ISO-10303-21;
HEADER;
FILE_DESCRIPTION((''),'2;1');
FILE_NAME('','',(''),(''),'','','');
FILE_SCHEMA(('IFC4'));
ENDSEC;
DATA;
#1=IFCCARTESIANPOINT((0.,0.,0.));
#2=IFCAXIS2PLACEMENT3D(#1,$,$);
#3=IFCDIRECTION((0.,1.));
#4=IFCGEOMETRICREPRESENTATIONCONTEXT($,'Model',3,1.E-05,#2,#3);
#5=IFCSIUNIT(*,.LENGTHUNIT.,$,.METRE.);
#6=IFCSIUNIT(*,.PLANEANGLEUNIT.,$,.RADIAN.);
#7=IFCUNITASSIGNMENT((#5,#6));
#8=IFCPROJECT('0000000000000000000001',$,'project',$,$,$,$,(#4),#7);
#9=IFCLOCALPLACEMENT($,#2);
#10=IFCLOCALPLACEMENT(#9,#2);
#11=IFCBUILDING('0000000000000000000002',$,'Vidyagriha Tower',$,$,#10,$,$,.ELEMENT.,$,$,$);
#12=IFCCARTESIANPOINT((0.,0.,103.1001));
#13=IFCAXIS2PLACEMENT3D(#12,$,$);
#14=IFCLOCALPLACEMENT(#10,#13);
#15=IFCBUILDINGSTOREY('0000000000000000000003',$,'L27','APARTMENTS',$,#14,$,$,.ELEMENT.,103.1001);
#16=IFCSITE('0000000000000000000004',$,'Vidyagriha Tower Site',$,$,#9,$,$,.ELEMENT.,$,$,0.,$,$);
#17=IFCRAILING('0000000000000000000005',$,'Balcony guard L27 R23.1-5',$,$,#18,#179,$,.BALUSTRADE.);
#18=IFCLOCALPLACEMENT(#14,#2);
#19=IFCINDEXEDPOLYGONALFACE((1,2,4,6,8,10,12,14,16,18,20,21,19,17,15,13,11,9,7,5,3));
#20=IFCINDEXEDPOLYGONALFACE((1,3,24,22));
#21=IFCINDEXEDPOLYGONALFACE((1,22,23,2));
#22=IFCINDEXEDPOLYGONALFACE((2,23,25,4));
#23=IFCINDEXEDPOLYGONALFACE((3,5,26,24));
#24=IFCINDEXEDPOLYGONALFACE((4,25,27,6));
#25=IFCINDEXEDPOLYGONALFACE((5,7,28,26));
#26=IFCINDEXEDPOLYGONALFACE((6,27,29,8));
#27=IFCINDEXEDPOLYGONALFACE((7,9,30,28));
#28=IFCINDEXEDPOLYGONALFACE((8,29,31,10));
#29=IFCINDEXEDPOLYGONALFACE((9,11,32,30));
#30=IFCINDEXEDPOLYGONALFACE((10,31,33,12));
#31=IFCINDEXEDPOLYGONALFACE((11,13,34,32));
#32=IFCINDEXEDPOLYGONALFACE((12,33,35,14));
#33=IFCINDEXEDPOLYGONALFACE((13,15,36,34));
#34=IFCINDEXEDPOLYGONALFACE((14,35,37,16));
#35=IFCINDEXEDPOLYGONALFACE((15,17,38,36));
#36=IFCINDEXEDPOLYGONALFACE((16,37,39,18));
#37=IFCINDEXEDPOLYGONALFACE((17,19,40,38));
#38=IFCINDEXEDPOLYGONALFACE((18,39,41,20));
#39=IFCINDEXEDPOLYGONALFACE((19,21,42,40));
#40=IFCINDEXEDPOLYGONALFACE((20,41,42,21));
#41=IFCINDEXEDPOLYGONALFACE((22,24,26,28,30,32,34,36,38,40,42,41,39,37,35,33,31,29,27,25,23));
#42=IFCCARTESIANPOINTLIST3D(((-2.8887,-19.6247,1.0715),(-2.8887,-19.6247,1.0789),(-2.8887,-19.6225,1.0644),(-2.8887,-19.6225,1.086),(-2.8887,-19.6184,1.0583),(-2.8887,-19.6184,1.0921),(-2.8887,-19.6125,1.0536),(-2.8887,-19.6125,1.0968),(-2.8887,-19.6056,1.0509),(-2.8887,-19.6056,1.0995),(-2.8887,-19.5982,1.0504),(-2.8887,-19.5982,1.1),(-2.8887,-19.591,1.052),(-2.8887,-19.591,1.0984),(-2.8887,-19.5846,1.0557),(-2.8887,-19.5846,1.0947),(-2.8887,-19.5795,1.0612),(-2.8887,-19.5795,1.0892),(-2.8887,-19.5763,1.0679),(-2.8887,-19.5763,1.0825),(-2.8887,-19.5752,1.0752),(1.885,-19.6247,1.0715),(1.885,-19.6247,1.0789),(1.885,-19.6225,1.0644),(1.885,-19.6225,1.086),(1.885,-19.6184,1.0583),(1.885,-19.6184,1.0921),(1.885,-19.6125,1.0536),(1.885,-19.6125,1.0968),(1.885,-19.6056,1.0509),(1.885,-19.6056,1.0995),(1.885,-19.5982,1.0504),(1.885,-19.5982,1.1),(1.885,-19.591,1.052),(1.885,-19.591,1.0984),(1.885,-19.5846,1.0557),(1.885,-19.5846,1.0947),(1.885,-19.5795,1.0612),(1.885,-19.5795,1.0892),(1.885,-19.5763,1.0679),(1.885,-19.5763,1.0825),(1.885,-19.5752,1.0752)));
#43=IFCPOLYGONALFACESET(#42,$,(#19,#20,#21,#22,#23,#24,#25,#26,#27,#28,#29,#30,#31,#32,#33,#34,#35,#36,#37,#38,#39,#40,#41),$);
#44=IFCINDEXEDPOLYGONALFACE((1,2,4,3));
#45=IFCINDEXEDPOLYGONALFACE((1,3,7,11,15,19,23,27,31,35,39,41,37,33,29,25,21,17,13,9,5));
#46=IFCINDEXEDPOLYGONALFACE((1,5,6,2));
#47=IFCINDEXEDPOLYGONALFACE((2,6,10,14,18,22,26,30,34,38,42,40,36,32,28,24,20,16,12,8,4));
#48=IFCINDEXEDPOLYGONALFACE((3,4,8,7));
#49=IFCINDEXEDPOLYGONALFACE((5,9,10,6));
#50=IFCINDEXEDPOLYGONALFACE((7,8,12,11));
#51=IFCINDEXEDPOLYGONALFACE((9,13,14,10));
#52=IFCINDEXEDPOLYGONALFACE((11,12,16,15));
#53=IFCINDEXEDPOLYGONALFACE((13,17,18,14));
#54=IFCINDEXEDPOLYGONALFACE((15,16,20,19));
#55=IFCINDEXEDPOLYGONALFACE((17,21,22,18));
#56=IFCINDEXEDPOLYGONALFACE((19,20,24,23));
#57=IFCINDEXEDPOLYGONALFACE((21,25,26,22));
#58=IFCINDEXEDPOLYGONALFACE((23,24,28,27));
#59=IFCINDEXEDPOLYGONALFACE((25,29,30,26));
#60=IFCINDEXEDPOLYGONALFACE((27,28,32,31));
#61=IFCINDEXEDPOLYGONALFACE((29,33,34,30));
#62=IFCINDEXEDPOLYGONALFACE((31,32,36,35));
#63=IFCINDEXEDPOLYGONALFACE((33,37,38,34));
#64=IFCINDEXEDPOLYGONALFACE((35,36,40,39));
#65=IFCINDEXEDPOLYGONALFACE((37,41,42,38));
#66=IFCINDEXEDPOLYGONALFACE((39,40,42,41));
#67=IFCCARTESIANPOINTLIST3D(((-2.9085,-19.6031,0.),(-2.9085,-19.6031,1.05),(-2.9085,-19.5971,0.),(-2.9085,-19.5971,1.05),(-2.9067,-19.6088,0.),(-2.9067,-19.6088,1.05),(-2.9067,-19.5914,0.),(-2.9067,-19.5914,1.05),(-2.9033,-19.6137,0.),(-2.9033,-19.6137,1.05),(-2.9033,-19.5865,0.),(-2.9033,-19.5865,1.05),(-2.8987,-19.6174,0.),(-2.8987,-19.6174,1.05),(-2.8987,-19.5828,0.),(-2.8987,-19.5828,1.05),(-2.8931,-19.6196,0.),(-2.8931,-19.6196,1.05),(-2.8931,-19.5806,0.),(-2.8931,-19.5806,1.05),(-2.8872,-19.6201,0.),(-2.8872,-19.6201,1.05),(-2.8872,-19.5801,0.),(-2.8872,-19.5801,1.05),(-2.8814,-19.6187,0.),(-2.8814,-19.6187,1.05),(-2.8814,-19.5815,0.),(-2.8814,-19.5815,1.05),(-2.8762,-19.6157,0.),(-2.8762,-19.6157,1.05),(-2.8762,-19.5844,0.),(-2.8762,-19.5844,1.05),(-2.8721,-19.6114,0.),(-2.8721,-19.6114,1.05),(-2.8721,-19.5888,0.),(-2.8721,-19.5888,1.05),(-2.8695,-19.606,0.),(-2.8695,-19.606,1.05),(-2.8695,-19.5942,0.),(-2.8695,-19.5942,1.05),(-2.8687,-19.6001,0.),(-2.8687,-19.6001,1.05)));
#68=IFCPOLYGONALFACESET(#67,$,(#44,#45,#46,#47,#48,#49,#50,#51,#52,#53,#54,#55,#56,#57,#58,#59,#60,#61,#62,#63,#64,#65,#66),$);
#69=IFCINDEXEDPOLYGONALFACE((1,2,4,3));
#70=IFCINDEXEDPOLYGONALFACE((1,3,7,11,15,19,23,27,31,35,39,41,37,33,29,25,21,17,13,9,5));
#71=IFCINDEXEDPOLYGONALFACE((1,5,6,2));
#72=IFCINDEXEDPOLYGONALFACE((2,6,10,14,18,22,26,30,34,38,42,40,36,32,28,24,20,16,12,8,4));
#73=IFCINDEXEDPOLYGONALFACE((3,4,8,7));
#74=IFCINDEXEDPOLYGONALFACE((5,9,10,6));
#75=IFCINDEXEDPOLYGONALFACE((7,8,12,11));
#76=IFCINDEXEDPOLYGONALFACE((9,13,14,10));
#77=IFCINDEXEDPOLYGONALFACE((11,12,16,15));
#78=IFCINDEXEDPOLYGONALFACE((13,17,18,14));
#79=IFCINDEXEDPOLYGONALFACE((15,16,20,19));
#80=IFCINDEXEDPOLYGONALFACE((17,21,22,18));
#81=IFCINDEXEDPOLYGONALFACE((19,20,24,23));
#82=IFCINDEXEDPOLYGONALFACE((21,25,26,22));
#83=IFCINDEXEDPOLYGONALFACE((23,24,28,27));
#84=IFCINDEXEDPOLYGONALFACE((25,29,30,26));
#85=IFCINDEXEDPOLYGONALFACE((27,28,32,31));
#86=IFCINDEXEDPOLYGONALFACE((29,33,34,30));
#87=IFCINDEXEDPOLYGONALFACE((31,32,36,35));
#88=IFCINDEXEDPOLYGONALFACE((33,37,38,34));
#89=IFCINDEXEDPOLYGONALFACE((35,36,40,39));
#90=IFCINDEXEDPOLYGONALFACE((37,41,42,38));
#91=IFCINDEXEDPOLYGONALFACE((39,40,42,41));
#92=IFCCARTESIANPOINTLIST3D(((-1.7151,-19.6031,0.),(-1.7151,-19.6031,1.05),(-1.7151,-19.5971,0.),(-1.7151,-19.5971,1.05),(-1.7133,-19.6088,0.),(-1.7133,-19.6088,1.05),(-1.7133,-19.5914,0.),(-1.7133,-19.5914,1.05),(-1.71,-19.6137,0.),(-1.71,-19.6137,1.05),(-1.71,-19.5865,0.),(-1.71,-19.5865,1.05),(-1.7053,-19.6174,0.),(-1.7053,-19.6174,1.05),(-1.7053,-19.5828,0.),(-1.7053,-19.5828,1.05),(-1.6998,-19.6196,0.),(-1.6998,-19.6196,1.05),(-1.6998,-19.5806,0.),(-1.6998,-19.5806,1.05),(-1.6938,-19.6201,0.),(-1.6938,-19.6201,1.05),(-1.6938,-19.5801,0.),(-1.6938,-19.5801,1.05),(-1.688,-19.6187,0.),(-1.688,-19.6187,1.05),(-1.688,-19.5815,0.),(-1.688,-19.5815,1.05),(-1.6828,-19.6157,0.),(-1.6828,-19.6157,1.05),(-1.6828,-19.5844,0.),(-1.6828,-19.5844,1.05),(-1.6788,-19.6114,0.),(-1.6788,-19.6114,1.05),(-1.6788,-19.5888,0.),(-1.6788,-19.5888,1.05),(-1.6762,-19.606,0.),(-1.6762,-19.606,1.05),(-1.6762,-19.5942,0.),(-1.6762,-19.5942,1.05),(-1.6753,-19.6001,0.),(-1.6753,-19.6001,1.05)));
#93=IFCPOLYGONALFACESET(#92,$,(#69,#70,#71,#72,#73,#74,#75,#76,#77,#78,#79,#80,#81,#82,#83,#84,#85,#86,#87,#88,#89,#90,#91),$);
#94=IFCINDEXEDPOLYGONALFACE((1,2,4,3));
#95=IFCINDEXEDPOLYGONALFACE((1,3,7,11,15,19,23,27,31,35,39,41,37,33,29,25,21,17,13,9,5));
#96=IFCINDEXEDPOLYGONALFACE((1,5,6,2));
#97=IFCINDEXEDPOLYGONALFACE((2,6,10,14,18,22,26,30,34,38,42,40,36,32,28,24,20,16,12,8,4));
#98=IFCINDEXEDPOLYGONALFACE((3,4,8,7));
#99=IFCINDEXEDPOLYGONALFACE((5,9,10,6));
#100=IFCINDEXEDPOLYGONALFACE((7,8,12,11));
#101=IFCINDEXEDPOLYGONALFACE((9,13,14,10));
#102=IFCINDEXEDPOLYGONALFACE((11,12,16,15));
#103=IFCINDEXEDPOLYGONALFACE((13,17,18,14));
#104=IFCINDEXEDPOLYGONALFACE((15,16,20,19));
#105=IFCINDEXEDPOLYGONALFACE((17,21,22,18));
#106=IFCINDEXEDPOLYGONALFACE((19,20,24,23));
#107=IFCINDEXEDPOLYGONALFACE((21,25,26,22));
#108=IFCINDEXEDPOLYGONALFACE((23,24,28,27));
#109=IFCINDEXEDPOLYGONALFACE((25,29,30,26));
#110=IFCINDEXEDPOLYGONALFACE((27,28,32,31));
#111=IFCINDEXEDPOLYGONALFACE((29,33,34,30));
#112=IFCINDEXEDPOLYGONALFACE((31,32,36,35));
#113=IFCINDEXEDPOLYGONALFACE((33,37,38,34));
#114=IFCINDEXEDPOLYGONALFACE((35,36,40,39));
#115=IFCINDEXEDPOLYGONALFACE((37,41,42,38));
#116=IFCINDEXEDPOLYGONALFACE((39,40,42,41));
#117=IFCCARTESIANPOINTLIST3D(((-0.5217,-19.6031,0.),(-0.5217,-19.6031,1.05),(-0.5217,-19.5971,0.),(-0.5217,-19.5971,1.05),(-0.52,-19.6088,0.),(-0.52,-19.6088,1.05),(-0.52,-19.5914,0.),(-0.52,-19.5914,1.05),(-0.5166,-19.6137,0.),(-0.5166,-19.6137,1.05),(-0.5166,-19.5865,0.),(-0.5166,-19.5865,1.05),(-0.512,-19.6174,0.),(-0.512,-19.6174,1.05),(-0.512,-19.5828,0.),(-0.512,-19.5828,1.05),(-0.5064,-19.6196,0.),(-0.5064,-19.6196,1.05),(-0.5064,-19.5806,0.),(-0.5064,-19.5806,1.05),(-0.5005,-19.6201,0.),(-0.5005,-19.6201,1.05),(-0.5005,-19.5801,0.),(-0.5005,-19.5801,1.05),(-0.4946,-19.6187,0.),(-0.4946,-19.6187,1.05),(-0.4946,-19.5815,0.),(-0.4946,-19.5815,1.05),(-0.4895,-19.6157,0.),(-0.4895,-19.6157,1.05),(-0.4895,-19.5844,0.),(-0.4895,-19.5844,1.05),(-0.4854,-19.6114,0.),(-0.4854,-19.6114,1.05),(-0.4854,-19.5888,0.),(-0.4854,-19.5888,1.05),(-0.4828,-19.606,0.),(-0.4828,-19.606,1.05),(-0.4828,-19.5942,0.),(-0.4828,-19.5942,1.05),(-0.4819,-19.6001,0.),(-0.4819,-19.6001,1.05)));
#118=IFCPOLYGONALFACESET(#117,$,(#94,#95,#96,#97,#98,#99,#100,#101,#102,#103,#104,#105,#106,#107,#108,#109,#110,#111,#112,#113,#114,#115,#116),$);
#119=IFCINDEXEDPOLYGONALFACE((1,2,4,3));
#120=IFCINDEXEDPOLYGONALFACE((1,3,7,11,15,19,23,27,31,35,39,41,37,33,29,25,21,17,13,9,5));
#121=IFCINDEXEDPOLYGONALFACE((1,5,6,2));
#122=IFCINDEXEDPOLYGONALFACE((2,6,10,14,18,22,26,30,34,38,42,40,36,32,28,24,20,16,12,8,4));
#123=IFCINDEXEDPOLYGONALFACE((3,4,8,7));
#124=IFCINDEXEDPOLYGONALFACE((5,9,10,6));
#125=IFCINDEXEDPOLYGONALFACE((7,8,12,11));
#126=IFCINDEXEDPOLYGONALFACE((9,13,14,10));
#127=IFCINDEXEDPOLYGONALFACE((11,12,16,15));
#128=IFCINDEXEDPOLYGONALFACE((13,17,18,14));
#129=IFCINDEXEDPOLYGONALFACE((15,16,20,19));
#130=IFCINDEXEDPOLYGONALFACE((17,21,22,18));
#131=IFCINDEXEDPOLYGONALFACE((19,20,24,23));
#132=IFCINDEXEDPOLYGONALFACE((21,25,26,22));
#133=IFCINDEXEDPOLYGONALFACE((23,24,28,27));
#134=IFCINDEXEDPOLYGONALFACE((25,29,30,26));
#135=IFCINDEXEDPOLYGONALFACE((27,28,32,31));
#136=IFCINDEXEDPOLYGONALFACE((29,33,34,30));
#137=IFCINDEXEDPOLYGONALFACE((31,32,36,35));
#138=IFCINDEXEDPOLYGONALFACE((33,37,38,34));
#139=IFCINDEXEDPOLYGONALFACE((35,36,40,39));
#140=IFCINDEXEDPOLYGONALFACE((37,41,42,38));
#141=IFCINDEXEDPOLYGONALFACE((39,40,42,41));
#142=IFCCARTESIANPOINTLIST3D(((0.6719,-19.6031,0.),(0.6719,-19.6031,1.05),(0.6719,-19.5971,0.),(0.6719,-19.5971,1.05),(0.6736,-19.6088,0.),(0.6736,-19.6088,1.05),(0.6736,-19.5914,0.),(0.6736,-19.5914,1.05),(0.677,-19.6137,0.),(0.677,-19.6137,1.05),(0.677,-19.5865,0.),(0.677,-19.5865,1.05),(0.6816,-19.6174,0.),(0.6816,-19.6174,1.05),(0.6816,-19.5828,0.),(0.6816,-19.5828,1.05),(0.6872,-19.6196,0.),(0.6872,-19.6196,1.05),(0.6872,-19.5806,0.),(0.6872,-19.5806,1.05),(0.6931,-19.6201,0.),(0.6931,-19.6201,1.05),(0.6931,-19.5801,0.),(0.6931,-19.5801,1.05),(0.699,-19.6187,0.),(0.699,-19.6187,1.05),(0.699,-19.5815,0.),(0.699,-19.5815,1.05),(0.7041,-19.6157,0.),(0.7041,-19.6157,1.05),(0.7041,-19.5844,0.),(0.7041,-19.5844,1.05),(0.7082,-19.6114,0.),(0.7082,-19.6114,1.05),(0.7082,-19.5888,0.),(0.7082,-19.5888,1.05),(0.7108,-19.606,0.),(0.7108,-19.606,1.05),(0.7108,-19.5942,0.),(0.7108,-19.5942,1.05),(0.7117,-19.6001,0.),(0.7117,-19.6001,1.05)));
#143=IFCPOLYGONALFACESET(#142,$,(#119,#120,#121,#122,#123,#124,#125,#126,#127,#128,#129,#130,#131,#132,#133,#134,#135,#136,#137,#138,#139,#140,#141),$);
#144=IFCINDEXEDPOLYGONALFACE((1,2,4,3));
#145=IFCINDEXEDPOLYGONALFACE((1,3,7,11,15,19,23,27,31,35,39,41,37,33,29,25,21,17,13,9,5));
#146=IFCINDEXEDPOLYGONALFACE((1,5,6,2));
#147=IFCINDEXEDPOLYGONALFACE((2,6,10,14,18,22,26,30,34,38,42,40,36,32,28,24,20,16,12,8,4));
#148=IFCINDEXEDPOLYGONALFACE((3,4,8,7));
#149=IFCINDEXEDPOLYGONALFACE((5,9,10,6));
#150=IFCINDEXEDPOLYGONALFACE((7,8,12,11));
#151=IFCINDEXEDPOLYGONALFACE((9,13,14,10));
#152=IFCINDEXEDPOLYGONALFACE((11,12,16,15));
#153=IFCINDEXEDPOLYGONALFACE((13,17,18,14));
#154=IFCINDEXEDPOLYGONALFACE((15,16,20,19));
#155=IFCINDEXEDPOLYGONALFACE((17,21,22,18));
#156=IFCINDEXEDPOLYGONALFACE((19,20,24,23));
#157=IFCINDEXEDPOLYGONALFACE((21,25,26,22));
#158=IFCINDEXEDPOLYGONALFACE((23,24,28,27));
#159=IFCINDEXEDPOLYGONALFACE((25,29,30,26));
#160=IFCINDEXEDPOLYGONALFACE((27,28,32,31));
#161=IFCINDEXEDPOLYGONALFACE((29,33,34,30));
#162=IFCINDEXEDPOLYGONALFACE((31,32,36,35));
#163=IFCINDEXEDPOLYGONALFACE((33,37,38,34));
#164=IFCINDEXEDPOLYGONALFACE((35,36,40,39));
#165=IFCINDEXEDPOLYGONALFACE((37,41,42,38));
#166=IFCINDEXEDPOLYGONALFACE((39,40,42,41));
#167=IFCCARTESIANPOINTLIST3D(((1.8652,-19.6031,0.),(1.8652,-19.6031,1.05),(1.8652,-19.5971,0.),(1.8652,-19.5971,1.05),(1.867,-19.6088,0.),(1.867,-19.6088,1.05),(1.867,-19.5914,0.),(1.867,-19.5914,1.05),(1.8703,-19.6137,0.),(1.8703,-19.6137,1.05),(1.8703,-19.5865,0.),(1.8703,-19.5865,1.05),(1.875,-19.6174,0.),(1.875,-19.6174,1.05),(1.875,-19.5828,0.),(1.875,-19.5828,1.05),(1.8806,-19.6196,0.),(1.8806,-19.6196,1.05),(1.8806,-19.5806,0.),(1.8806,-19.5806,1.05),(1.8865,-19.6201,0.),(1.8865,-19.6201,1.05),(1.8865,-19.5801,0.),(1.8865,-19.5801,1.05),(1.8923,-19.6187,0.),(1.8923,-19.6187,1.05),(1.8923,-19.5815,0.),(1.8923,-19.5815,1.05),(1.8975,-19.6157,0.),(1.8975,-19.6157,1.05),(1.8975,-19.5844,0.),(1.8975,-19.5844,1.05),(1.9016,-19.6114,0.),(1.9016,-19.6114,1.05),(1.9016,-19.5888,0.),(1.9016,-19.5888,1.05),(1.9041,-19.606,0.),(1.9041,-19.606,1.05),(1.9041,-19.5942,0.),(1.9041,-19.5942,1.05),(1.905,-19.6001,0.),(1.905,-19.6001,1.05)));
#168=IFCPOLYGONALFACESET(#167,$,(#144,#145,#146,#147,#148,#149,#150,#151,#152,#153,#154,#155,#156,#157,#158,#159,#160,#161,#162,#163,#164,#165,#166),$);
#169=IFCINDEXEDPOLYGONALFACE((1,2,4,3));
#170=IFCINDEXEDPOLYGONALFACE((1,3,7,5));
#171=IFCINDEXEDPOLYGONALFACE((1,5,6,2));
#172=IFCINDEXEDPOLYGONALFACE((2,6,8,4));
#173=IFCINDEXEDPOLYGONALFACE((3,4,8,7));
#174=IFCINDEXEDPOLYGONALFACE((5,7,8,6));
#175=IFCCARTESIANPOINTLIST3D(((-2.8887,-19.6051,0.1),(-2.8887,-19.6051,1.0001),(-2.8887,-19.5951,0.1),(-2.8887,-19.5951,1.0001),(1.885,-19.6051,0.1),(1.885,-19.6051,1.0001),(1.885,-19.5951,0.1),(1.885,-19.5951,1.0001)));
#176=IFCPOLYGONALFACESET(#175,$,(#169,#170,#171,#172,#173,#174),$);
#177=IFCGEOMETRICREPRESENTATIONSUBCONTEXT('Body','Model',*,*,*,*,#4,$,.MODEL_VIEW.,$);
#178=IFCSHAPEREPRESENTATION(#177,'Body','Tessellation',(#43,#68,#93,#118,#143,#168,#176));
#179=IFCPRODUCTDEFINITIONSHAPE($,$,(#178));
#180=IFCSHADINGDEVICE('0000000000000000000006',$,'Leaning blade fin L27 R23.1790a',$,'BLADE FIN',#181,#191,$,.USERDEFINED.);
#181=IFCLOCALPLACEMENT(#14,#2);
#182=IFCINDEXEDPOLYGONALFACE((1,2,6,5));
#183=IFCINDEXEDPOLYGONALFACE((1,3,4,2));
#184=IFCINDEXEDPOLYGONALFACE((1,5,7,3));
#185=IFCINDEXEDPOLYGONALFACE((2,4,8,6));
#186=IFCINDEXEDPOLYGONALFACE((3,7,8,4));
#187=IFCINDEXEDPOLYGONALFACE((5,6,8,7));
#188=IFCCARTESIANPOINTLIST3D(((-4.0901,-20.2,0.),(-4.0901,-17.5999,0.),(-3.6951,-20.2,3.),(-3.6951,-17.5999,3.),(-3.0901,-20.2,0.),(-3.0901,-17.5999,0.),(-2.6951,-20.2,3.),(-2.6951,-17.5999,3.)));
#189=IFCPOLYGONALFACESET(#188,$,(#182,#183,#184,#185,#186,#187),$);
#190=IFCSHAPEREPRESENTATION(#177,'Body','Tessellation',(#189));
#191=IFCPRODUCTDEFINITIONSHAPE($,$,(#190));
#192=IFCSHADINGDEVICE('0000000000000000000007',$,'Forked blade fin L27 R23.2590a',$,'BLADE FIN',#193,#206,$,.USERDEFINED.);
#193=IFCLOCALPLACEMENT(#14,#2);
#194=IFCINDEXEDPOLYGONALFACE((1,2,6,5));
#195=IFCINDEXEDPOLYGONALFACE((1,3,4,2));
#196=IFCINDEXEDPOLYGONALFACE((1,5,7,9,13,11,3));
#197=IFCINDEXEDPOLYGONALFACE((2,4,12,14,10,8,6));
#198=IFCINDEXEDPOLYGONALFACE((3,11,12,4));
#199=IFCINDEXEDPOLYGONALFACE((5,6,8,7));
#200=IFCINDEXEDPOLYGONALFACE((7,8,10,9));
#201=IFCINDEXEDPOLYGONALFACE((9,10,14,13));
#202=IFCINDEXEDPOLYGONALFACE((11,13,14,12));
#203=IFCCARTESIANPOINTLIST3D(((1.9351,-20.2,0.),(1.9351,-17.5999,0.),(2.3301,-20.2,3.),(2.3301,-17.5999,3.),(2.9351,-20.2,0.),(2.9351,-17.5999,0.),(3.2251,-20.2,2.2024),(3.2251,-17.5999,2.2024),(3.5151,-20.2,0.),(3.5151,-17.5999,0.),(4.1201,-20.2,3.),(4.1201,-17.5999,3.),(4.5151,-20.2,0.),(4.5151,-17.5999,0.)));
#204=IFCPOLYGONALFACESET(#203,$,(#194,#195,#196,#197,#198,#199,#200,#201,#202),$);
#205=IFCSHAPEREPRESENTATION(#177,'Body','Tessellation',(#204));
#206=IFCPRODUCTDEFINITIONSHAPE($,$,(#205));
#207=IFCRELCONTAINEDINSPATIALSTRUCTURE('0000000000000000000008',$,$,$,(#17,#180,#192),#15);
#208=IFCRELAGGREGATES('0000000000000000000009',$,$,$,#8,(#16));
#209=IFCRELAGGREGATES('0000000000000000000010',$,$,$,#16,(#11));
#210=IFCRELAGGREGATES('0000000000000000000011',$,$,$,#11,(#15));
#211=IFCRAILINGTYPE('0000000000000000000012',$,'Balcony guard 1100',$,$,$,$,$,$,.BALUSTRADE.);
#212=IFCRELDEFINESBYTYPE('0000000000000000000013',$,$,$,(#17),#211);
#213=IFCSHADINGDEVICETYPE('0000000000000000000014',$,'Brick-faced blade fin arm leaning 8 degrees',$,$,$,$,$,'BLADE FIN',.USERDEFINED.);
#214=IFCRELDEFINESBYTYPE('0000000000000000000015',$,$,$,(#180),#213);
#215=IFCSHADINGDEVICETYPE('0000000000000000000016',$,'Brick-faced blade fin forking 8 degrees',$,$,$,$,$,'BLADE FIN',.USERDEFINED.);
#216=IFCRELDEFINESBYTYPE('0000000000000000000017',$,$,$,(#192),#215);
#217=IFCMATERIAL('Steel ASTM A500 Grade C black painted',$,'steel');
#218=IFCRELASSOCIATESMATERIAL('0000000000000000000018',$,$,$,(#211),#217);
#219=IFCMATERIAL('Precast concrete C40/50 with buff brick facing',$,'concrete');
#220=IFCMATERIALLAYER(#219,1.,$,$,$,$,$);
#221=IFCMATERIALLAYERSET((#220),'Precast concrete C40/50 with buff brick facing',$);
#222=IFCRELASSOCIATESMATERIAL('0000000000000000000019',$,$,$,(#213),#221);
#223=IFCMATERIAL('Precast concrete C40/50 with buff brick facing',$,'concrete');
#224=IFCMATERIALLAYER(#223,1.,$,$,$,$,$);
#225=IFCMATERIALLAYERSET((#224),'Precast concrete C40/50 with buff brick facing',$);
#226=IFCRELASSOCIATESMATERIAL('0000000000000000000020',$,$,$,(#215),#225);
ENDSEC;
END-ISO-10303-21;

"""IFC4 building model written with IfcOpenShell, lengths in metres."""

from ifc_helpers import new_model, si_unit, direction, frame, origin, origin_2d, place, context, subcontext, project, spatial, polyline, rectangle, circle, outline, extrude, material, layer, layer_set, type_object, element, save


model = new_model("IFC4")

# Units and contexts
model_context = context("Model", 3, precision=1e-05, world=origin(), true_north=direction((0.0, 1.0)))
body_context = subcontext(model_context, "Body", "Model", "MODEL_VIEW")
ifc_project = project(units=[si_unit("LENGTHUNIT", "METRE"), si_unit("PLANEANGLEUNIT", "RADIAN")], contexts=[model_context])

# Site, building, storey
site_placement = place(None, origin())
site = spatial("IfcSite", under=ifc_project, at=site_placement, Name="Vidyagriha Tower Site", CompositionType="ELEMENT", RefElevation=0.0)
building_placement = place(site_placement, origin())
building = spatial("IfcBuilding", under=site, at=building_placement, Name="Vidyagriha Tower", CompositionType="ELEMENT")
storey_placement = place(building_placement, frame((0.0, 0.0, 103.1001)))
storey = spatial("IfcBuildingStorey", under=building, at=storey_placement, Name="L27", Description="APARTMENTS", CompositionType="ELEMENT", Elevation=103.1001)

# Railing
ifc_material_1 = material(Name="Steel ASTM A500 Grade C black painted", Category="steel")
railing_type = type_object("IfcRailingType", Name="Balcony guard 1100", PredefinedType="BALUSTRADE", material=ifc_material_1)
railing_1_placement = place(storey_placement, frame((-2.8887, -19.6001, 0.0)))
element("IfcRailing", 1, at=railing_1_placement, inside=storey, type_object=railing_type, Name="Balcony guard L27 R23.1-5", PredefinedType="BALUSTRADE", context=body_context, shape_type="SweptSolid", body=[
    extrude(circle(Radius=0.0249, at=origin_2d()), frame((0.0, 0.0, 1.0752), z_axis=(1.0, 0.0, 0.0), x_axis=(0.0, 1.0, 0.0)), (0.0, 0.0, 1.0), 4.7737),
    extrude(circle(Radius=0.02, at=origin_2d()), origin(), (0.0, 0.0, 1.0), 1.05),
    extrude(circle(Radius=0.02, at=origin_2d()), frame((1.1934, 0.0, 0.0)), (0.0, 0.0, 1.0), 1.05),
    extrude(circle(Radius=0.02, at=origin_2d()), frame((2.3867, 0.0, 0.0)), (0.0, 0.0, 1.0), 1.05),
    extrude(circle(Radius=0.02, at=origin_2d()), frame((3.5803, 0.0, 0.0)), (0.0, 0.0, 1.0), 1.05),
    extrude(circle(Radius=0.02, at=origin_2d()), frame((4.7737, 0.0, 0.0)), (0.0, 0.0, 1.0), 1.05),
    extrude(rectangle(XDim=0.01, YDim=0.9001, at=origin_2d()), frame((0.0, 0.0, 0.55), z_axis=(1.0, 0.0, 0.0), x_axis=(0.0, 1.0, 0.0)), (0.0, 0.0, 1.0), 4.7737),
])

# Shading devices
ifc_material_2 = material(Name="Precast concrete C40/50 with buff brick facing", Category="concrete")
ifc_layer_1 = layer(ifc_material_2, 1.0)
ifc_layer_set_1 = layer_set([ifc_layer_1], Name="Precast concrete C40/50 with buff brick facing")
shading_device_type_1 = type_object("IfcShadingDeviceType", Name="Brick-faced blade fin arm leaning 8 degrees", ElementType="BLADE FIN", PredefinedType="USERDEFINED", material=ifc_layer_set_1)
shading_device_1_placement = place(storey_placement, frame((-4.0901, -18.8999, 0.0)))
element("IfcShadingDevice", 2, at=shading_device_1_placement, inside=storey, type_object=shading_device_type_1, Name="Leaning blade fin L27 R23.1790a", ObjectType="BLADE FIN", PredefinedType="USERDEFINED", context=body_context, shape_type="SweptSolid", body=[
    extrude(outline(polyline([(0.0, 0.0), (1.0, 0.0), (1.395, 3.0), (0.395, 3.0), (0.0, 0.0)])), frame((0.0, 1.3, 0.0), z_axis=(0.0, -1.0, 0.0), x_axis=(1.0, 0.0, 0.0)), (0.0, 0.0, 1.0), 2.6001),
])
ifc_material_3 = material(Name="Precast concrete C40/50 with buff brick facing", Category="concrete")
ifc_layer_2 = layer(ifc_material_3, 1.0)
ifc_layer_set_2 = layer_set([ifc_layer_2], Name="Precast concrete C40/50 with buff brick facing")
shading_device_type_2 = type_object("IfcShadingDeviceType", Name="Brick-faced blade fin forking 8 degrees", ElementType="BLADE FIN", PredefinedType="USERDEFINED", material=ifc_layer_set_2)
shading_device_2_placement = place(storey_placement, frame((1.9351, -18.8999, 0.0)))
element("IfcShadingDevice", 3, at=shading_device_2_placement, inside=storey, type_object=shading_device_type_2, Name="Forked blade fin L27 R23.2590a", ObjectType="BLADE FIN", PredefinedType="USERDEFINED", context=body_context, shape_type="SweptSolid", body=[
    extrude(outline(polyline([(1.0, 0.0), (1.29, 2.2024), (1.5801, 0.0), (2.5801, 0.0), (2.1851, 3.0), (0.395, 3.0), (0.0, 0.0), (1.0, 0.0)])), frame((0.0, 1.3, 0.0), z_axis=(0.0, -1.0, 0.0), x_axis=(1.0, 0.0, 0.0)), (0.0, 0.0, 1.0), 2.6001),
])

save(model, "model.ifc")
